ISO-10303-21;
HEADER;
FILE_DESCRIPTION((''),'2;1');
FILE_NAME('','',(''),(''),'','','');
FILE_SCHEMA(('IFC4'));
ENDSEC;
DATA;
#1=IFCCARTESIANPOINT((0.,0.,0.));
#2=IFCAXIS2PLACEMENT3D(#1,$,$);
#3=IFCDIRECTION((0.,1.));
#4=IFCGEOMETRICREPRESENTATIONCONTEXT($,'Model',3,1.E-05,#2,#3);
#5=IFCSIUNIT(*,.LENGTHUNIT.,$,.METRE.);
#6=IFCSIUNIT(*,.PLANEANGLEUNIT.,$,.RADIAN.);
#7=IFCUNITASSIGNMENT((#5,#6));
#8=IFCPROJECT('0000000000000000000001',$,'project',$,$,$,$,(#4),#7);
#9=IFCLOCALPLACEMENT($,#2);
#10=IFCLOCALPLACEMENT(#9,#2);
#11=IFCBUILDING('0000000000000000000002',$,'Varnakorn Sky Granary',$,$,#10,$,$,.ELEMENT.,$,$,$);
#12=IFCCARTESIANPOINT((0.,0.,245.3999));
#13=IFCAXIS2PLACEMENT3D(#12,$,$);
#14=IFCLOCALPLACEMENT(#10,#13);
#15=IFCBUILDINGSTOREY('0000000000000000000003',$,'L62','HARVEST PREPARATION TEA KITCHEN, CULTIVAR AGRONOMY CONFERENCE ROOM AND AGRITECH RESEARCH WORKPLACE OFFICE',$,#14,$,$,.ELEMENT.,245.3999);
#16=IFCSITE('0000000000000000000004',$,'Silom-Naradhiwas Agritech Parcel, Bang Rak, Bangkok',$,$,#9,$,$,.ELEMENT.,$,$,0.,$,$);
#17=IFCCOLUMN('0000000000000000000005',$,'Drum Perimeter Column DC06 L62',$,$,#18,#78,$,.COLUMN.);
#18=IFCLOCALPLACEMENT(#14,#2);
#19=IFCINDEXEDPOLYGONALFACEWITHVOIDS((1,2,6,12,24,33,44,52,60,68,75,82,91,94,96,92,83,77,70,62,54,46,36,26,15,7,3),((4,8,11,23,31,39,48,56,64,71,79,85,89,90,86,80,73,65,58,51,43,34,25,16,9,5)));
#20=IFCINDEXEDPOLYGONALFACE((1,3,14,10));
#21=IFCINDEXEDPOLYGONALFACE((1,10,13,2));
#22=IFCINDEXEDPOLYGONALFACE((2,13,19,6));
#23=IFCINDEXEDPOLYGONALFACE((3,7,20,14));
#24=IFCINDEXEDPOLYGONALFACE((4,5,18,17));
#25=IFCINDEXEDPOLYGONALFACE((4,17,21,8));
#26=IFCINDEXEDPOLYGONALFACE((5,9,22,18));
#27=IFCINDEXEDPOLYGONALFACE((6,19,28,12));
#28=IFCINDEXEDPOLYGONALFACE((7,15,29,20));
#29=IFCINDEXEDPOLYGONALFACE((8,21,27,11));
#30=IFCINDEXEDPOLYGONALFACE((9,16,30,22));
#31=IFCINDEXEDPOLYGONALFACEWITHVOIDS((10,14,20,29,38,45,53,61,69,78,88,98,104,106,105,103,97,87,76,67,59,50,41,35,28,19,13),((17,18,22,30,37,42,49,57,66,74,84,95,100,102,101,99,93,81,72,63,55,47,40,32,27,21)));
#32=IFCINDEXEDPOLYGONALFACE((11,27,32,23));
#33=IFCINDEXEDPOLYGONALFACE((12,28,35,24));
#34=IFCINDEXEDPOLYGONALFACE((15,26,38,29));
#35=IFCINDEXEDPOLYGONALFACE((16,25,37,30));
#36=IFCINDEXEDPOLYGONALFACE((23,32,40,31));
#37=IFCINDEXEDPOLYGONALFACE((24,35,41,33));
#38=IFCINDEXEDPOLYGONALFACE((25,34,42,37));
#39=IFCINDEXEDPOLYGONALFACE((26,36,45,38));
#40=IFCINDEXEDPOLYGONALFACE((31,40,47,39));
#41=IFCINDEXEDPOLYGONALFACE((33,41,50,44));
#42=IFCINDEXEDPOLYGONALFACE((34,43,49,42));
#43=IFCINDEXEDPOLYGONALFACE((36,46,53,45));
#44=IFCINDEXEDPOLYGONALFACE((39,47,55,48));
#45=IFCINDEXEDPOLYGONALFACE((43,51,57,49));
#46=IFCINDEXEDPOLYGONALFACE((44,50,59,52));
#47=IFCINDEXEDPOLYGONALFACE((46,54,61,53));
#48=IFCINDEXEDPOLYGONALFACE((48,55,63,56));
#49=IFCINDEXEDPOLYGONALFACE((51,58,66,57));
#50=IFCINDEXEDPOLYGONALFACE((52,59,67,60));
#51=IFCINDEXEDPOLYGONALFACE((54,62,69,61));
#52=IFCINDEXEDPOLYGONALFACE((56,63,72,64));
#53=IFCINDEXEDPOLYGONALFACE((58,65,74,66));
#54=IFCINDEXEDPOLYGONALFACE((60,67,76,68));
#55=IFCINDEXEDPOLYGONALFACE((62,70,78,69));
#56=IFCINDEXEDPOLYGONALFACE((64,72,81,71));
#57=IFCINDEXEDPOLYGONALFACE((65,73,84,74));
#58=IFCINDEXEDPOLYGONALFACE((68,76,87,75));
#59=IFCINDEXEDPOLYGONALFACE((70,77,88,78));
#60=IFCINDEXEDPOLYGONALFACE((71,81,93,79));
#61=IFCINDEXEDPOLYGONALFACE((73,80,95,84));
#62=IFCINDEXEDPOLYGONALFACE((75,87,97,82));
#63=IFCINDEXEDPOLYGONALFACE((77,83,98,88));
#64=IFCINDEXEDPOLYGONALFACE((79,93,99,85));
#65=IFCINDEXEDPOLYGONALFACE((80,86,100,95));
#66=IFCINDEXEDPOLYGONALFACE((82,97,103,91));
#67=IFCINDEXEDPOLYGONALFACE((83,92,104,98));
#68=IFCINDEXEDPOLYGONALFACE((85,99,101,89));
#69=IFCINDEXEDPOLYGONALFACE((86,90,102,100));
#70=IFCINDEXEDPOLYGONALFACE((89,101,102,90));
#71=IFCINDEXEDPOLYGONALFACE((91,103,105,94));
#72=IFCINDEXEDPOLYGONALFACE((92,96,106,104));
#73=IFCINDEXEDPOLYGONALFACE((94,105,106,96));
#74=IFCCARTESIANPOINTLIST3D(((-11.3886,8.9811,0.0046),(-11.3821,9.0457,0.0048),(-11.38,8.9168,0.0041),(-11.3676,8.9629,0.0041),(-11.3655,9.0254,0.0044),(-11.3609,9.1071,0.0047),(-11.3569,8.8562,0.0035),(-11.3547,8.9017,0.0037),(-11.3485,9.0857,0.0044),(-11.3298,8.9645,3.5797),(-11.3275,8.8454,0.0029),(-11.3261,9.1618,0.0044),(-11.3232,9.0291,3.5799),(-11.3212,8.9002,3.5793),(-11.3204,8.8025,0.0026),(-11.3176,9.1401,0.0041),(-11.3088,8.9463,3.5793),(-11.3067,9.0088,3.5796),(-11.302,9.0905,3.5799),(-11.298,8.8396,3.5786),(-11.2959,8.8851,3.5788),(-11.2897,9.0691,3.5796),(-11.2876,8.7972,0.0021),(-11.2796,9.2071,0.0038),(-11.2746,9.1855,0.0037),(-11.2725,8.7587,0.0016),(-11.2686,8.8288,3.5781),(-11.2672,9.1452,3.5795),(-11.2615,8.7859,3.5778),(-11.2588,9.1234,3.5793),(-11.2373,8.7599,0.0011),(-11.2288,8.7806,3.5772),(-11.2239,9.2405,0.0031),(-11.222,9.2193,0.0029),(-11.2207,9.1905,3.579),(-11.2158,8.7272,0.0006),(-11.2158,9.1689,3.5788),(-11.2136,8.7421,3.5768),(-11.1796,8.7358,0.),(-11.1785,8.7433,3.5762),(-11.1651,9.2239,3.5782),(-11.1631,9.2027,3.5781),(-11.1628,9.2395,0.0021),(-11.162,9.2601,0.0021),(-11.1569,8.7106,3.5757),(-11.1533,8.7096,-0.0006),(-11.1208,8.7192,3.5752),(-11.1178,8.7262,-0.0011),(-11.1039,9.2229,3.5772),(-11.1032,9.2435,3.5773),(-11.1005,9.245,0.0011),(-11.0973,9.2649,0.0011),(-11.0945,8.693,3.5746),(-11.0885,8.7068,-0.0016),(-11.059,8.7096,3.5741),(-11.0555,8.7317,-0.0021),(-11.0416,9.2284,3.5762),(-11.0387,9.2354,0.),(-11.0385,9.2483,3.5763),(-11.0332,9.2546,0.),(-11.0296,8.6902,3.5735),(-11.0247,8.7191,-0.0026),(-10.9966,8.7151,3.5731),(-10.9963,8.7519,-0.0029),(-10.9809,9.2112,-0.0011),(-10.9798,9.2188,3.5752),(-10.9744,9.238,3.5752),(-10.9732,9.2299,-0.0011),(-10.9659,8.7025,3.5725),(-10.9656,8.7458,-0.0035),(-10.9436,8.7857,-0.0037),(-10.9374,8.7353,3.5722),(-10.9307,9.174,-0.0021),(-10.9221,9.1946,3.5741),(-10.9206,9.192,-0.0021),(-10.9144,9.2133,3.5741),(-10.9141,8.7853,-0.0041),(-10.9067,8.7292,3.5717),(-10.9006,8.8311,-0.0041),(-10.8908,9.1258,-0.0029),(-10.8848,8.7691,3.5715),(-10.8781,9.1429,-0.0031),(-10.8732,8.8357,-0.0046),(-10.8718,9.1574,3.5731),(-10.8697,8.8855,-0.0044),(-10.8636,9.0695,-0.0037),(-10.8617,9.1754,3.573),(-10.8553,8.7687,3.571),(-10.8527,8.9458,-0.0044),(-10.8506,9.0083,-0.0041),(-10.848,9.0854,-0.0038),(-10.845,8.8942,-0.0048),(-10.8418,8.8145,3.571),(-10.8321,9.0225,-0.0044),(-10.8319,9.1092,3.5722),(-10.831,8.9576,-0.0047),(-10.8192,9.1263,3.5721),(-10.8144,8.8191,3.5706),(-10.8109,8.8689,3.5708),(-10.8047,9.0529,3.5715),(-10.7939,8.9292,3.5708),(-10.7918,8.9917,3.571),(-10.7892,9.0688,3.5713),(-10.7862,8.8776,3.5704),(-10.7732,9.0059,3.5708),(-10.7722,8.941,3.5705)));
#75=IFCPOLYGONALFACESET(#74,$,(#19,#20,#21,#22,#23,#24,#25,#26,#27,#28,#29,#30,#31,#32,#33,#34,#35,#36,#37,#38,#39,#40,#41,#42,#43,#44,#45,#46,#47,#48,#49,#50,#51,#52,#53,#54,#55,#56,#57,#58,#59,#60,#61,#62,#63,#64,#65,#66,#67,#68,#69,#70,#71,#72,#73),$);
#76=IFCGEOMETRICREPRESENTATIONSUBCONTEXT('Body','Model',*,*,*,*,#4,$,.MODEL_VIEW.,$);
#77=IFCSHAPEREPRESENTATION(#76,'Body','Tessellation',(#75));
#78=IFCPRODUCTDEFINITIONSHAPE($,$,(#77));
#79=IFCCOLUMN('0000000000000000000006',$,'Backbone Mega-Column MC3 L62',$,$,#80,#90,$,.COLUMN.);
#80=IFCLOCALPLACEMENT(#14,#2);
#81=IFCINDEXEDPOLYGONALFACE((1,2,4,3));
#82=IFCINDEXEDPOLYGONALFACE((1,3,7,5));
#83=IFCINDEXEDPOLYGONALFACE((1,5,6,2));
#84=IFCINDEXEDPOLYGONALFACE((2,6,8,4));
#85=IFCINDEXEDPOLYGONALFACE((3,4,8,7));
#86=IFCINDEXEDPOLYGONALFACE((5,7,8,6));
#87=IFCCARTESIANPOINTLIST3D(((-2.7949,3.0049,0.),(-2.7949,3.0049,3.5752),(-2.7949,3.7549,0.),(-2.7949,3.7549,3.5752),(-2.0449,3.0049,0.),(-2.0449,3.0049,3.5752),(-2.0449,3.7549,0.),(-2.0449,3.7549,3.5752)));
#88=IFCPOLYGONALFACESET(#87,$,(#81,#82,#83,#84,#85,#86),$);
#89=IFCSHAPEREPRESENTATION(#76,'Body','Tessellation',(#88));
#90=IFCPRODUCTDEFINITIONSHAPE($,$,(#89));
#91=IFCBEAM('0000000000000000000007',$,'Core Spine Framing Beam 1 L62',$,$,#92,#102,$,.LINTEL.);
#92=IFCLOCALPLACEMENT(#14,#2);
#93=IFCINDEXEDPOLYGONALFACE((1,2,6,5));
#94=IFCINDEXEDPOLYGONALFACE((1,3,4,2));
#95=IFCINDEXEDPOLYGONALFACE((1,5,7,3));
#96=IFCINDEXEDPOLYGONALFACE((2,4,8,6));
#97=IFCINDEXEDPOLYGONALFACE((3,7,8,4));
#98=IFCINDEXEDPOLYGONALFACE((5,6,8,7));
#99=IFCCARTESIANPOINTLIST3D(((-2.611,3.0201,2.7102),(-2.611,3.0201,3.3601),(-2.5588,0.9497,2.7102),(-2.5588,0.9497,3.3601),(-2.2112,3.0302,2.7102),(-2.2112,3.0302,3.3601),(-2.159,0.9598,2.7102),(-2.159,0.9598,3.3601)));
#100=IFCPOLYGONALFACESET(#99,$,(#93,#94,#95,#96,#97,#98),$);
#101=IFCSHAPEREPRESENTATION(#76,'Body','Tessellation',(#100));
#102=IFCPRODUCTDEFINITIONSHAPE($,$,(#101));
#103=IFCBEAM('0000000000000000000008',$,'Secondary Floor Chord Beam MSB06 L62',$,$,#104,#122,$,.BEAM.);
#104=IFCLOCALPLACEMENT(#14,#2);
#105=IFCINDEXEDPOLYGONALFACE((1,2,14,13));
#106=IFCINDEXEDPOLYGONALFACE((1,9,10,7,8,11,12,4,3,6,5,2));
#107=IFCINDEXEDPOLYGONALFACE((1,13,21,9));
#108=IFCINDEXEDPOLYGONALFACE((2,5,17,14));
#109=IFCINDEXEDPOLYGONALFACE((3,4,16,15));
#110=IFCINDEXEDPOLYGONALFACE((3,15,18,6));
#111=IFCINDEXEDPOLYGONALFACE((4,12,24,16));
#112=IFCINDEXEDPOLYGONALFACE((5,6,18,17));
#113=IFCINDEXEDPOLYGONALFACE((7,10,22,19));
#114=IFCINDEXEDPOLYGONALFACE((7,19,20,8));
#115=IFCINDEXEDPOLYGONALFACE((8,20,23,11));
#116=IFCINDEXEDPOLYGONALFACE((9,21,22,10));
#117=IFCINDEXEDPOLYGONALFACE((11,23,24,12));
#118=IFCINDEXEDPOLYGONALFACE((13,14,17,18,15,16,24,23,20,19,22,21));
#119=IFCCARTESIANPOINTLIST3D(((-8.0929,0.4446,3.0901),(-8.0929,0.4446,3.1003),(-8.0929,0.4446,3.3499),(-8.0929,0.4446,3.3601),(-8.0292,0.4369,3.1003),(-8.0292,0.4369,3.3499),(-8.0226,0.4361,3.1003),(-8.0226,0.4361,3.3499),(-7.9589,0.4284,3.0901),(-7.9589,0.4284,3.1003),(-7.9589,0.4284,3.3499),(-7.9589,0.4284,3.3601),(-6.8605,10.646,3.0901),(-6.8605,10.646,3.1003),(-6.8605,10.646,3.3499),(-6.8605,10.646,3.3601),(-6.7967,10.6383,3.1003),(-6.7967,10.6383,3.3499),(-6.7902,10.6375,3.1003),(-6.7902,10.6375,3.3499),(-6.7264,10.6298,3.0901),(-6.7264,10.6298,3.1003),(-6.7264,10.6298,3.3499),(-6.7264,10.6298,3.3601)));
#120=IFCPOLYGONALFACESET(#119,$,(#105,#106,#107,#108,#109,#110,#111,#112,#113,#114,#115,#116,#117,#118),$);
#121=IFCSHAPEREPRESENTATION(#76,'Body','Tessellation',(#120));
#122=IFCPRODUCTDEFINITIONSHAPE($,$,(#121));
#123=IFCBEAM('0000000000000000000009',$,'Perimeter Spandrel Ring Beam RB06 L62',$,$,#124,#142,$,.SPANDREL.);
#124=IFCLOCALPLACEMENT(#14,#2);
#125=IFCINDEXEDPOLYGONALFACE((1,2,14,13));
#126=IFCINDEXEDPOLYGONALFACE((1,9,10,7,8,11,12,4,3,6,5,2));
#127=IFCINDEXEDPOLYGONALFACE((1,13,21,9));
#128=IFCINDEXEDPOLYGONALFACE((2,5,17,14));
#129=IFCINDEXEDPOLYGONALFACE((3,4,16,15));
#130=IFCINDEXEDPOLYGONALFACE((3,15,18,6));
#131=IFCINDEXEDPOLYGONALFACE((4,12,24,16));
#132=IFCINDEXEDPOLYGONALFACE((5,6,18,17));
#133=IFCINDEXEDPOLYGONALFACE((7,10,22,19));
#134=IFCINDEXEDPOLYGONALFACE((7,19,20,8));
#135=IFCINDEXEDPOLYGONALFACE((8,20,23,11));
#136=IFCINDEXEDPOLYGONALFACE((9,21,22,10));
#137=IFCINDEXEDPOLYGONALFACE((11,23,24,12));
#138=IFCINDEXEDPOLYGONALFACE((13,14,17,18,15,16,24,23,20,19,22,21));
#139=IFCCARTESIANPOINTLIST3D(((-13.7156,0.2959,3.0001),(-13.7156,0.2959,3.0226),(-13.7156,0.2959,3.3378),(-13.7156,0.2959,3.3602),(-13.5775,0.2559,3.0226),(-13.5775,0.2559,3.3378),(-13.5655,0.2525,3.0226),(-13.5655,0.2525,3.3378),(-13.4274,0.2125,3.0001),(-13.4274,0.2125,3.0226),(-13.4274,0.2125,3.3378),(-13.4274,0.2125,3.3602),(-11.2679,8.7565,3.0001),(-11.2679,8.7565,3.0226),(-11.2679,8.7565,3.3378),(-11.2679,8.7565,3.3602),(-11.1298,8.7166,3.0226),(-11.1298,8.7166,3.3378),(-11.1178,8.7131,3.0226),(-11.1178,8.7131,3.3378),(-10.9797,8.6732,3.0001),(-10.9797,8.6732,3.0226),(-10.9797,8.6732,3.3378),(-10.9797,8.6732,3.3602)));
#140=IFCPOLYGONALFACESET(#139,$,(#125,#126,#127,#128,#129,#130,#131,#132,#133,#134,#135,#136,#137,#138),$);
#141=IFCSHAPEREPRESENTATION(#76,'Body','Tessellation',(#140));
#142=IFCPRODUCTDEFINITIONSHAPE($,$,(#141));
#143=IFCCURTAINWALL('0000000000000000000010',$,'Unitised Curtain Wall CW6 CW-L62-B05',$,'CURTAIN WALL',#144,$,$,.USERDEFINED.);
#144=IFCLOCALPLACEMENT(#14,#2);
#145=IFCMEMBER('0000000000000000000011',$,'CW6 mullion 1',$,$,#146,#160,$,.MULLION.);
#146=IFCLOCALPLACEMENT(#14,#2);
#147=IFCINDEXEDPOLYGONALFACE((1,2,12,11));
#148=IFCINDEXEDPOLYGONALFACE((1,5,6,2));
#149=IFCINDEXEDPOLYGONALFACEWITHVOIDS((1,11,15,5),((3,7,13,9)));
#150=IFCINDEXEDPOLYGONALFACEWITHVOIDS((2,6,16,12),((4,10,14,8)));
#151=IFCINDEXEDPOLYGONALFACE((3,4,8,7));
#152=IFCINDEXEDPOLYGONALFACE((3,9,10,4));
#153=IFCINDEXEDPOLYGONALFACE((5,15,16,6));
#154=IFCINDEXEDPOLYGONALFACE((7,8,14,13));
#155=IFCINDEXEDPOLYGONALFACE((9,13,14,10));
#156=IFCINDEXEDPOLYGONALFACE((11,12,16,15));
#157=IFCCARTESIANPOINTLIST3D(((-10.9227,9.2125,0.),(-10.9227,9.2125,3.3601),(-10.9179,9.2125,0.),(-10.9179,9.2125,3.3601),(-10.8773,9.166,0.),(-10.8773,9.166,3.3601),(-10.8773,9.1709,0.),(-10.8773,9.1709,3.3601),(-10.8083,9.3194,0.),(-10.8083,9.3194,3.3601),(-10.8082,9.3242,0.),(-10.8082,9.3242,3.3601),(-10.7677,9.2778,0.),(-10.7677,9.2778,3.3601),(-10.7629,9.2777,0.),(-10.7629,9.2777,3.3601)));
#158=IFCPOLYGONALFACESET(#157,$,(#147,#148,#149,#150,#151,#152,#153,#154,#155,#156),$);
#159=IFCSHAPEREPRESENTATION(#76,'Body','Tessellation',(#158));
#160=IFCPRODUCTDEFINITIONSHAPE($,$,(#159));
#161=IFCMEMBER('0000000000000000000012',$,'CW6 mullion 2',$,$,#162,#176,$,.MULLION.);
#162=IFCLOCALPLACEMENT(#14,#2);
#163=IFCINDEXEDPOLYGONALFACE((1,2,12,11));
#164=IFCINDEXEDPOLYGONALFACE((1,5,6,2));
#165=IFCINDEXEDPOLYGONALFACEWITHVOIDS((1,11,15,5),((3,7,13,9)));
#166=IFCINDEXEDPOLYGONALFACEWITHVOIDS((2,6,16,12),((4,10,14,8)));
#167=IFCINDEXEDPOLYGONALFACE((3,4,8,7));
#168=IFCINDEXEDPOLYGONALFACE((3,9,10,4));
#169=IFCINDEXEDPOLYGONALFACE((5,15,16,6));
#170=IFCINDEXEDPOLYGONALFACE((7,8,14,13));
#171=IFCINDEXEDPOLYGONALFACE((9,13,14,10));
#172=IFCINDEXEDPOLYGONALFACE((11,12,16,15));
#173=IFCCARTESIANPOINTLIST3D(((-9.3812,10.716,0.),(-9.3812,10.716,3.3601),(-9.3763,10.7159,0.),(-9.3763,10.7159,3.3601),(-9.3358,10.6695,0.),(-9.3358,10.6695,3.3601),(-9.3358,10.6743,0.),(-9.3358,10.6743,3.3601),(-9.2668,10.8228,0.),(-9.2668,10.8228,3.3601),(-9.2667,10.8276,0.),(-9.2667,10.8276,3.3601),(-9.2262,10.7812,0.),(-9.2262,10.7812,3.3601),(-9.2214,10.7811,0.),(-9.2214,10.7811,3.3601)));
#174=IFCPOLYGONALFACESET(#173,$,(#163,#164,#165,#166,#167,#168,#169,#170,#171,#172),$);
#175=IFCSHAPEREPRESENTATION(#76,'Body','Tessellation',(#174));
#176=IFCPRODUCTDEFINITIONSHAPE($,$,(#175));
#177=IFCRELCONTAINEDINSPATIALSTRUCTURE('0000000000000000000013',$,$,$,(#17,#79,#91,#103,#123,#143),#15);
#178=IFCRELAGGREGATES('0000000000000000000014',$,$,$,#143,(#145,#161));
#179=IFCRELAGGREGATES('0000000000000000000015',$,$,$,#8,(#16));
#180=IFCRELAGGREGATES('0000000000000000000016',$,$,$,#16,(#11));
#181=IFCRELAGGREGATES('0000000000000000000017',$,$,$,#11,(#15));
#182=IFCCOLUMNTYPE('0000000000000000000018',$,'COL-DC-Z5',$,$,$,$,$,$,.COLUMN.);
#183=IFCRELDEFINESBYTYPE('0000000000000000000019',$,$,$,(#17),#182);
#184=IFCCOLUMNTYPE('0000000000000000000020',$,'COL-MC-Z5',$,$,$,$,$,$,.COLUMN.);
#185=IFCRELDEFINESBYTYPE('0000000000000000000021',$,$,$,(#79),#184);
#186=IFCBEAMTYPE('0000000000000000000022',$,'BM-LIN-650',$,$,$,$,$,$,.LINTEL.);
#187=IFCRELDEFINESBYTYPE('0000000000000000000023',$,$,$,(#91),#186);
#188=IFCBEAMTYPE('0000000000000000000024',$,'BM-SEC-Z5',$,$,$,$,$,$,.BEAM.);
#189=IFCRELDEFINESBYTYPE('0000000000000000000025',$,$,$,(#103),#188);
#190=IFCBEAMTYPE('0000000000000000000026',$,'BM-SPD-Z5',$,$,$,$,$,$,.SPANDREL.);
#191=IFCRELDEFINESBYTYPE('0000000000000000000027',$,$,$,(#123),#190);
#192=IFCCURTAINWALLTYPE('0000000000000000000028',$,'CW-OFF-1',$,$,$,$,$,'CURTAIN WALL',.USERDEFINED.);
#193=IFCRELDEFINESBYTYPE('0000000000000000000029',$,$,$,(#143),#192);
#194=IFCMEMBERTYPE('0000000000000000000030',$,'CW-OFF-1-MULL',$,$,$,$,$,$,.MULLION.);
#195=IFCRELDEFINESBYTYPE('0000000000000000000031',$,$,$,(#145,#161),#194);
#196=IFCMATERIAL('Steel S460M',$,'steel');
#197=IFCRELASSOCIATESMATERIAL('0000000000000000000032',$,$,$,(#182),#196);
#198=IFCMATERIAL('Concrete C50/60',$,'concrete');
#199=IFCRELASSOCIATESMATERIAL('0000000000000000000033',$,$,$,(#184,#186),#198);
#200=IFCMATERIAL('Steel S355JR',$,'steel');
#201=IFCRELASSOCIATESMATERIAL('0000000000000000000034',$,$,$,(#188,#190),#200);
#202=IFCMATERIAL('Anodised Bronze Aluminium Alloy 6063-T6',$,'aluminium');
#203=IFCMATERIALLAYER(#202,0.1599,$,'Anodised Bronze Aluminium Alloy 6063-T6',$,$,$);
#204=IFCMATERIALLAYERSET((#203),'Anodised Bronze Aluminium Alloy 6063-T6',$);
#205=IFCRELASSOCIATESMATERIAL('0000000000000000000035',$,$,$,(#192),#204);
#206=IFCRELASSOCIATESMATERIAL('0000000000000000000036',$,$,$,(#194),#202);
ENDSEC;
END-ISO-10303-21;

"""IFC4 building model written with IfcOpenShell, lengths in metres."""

from ifc_helpers import new_model, si_unit, direction, frame, origin, origin_2d, place, context, subcontext, project, spatial, rectangle, hollow_rectangle, hollow_circle, i_section, extrude, material, layer, layer_set, material_profile, profile_set, type_object, element, aggregate, save


model = new_model("IFC4")

# Units and contexts
model_context = context("Model", 3, precision=1e-05, world=origin(), true_north=direction((0.0, 1.0)))
body_context = subcontext(model_context, "Body", "Model", "MODEL_VIEW")
ifc_project = project(units=[si_unit("LENGTHUNIT", "METRE"), si_unit("PLANEANGLEUNIT", "RADIAN")], contexts=[model_context])

# Site, building, storey
site_placement = place(None, origin())
site = spatial("IfcSite", under=ifc_project, at=site_placement, Name="Silom-Naradhiwas Agritech Parcel, Bang Rak, Bangkok", CompositionType="ELEMENT", RefElevation=0.0)
building_placement = place(site_placement, origin())
building = spatial("IfcBuilding", under=site, at=building_placement, Name="Varnakorn Sky Granary", CompositionType="ELEMENT")
storey_placement = place(building_placement, frame((0.0, 0.0, 245.3999)))
storey = spatial("IfcBuildingStorey", under=building, at=storey_placement, Name="L62", Description="HARVEST PREPARATION TEA KITCHEN, CULTIVAR AGRONOMY CONFERENCE ROOM AND AGRITECH RESEARCH WORKPLACE OFFICE", CompositionType="ELEMENT", Elevation=245.3999)

# Columns
ifc_material_1 = material(Name="Steel S460M", Category="steel")
ifc_material_profile_1 = material_profile(ifc_material_1, hollow_circle(Radius=0.2795, WallThickness=0.02, at=origin_2d()), Name="CHS 559x20")
ifc_profile_set_1 = profile_set([ifc_material_profile_1], Name="Steel S460M")
column_type_1 = type_object("IfcColumnType", Name="COL-DC-Z5", PredefinedType="COLUMN", material=ifc_profile_set_1)
column_1_placement = place(storey_placement, frame((-11.1091, 8.9856, 0.0), z_axis=(0.016455, -0.004643, 0.999854), x_axis=(0.271555, 0.962423, 0.0)))
element("IfcColumn", 1, at=column_1_placement, inside=storey, type_object=column_type_1, Name="Drum Perimeter Column DC06 L62", PredefinedType="COLUMN", context=body_context, shape_type="SweptSolid", body=[
    extrude(hollow_circle(Radius=0.2795, WallThickness=0.02, at=origin_2d()), origin(), (0.0, 0.0, 1.0), 3.5757),
])
ifc_material_2 = material(Name="Concrete C50/60", Category="concrete")
ifc_material_profile_2 = material_profile(ifc_material_2, rectangle(XDim=0.75, YDim=0.75, at=origin_2d()), Name="RC 750x750")
ifc_profile_set_2 = profile_set([ifc_material_profile_2], Name="Concrete C50/60")
column_type_2 = type_object("IfcColumnType", Name="COL-MC-Z5", PredefinedType="COLUMN", material=ifc_profile_set_2)
column_2_placement = place(storey_placement, frame((-2.4199, 3.3799, 0.0), z_axis=(0.0, 0.0, 1.0), x_axis=(1.0, 0.0, 0.0)))
element("IfcColumn", 2, at=column_2_placement, inside=storey, type_object=column_type_2, Name="Backbone Mega-Column MC3 L62", PredefinedType="COLUMN", context=body_context, shape_type="SweptSolid", body=[
    extrude(rectangle(XDim=0.75, YDim=0.75, at=origin_2d()), origin(), (0.0, 0.0, 1.0), 3.5752),
])

# Beams
ifc_material_profile_3 = material_profile(ifc_material_2, rectangle(XDim=0.3999, YDim=0.6499, at=origin_2d()), Name="RC 400x650")
ifc_profile_set_3 = profile_set([ifc_material_profile_3], Name="Concrete C50/60")
beam_type_1 = type_object("IfcBeamType", Name="BM-LIN-650", PredefinedType="LINTEL", material=ifc_profile_set_3)
beam_1_placement = place(storey_placement, frame((-2.4111, 3.0251, 3.0352), z_axis=(0.025228, -0.999682, 0.0), x_axis=(0.999682, 0.025228, 0.0)))
element("IfcBeam", 3, at=beam_1_placement, inside=storey, type_object=beam_type_1, Name="Core Spine Framing Beam 1 L62", PredefinedType="LINTEL", context=body_context, shape_type="SweptSolid", body=[
    extrude(rectangle(XDim=0.3999, YDim=0.6499, at=origin_2d()), origin(), (0.0, 0.0, 1.0), 2.071),
])
ifc_material_3 = material(Name="Steel S355JR", Category="steel")
ifc_material_profile_4 = material_profile(ifc_material_3, i_section(OverallWidth=0.135, OverallDepth=0.27, WebThickness=0.0066, FlangeThickness=0.0103, at=origin_2d()), Name="IPE 270")
ifc_profile_set_4 = profile_set([ifc_material_profile_4], Name="Steel S355JR")
beam_type_2 = type_object("IfcBeamType", Name="BM-SEC-Z5", PredefinedType="BEAM", material=ifc_profile_set_4)
beam_2_placement = place(storey_placement, frame((-6.7935, 10.6379, 3.2251), z_axis=(-0.119937, -0.992782, 0.0), x_axis=(0.992782, -0.119937, 0.0)))
element("IfcBeam", 4, at=beam_2_placement, inside=storey, type_object=beam_type_2, Name="Secondary Floor Chord Beam MSB06 L62", PredefinedType="BEAM", context=body_context, shape_type="SweptSolid", body=[
    extrude(i_section(OverallWidth=0.135, OverallDepth=0.27, WebThickness=0.0066, FlangeThickness=0.0103, at=origin_2d()), origin(), (0.0, 0.0, 1.0), 10.2756),
])
ifc_material_profile_5 = material_profile(ifc_material_3, i_section(OverallWidth=0.3, OverallDepth=0.3601, WebThickness=0.0125, FlangeThickness=0.0225, at=origin_2d()), Name="HE 360 B")
ifc_profile_set_5 = profile_set([ifc_material_profile_5], Name="Steel S355JR")
beam_type_3 = type_object("IfcBeamType", Name="BM-SPD-Z5", PredefinedType="SPANDREL", material=ifc_profile_set_5)
beam_3_placement = place(storey_placement, frame((-11.1238, 8.7148, 3.1802), z_axis=(-0.277912, -0.960607, 0.0), x_axis=(0.960607, -0.277912, 0.0)))
element("IfcBeam", 5, at=beam_3_placement, inside=storey, type_object=beam_type_3, Name="Perimeter Spandrel Ring Beam RB06 L62", PredefinedType="SPANDREL", context=body_context, shape_type="SweptSolid", body=[
    extrude(i_section(OverallWidth=0.3, OverallDepth=0.3601, WebThickness=0.0125, FlangeThickness=0.0225, at=origin_2d()), origin(), (0.0, 0.0, 1.0), 8.8076),
])

# Curtain wall, members
ifc_material_4 = material(Name="Anodised Bronze Aluminium Alloy 6063-T6", Category="aluminium")
ifc_layer_1 = layer(ifc_material_4, 0.1599, Name="Anodised Bronze Aluminium Alloy 6063-T6")
ifc_layer_set_1 = layer_set([ifc_layer_1], Name="Anodised Bronze Aluminium Alloy 6063-T6")
curtain_wall_type = type_object("IfcCurtainWallType", Name="CW-OFF-1", ElementType="CURTAIN WALL", PredefinedType="USERDEFINED", material=ifc_layer_set_1)
curtain_wall_placement = place(storey_placement, origin())
curtain_wall = element("IfcCurtainWall", 6, at=curtain_wall_placement, inside=storey, type_object=curtain_wall_type, Name="Unitised Curtain Wall CW6 CW-L62-B05", ObjectType="CURTAIN WALL", PredefinedType="USERDEFINED")
ifc_material_profile_6 = material_profile(ifc_material_4, hollow_rectangle(XDim=0.0649, YDim=0.1599, WallThickness=0.0034, at=origin_2d()), Name="ALU MULL 65x160")
ifc_profile_set_6 = profile_set([ifc_material_profile_6], Name="Anodised Bronze Aluminium Alloy 6063-T6")
member_type_1 = type_object("IfcMemberType", Name="CW-OFF-1-MULL", PredefinedType="MULLION", material=ifc_profile_set_6)
member_1_placement = place(storey_placement, frame((-10.8428, 9.2451, 0.0), z_axis=(0.0, 0.0, 1.0), x_axis=(-0.698181, 0.715922, 0.0)))
member_1 = element("IfcMember", 7, at=member_1_placement, type_object=member_type_1, Name="CW6 mullion 1", PredefinedType="MULLION", context=body_context, shape_type="SweptSolid", body=[
    extrude(hollow_rectangle(XDim=0.0649, YDim=0.1599, WallThickness=0.0034, at=origin_2d()), origin(), (0.0, 0.0, 1.0), 3.3601),
])
member_2_placement = place(storey_placement, frame((-9.3013, 10.7485, 0.0), z_axis=(0.0, 0.0, 1.0), x_axis=(-0.698181, 0.715922, 0.0)))
member_2 = element("IfcMember", 8, at=member_2_placement, type_object=member_type_1, Name="CW6 mullion 2", PredefinedType="MULLION", context=body_context, shape_type="SweptSolid", body=[
    extrude(hollow_rectangle(XDim=0.0649, YDim=0.1599, WallThickness=0.0034, at=origin_2d()), origin(), (0.0, 0.0, 1.0), 3.3601),
])

aggregate(curtain_wall, [member_1, member_2])

save(model, "model.ifc")
